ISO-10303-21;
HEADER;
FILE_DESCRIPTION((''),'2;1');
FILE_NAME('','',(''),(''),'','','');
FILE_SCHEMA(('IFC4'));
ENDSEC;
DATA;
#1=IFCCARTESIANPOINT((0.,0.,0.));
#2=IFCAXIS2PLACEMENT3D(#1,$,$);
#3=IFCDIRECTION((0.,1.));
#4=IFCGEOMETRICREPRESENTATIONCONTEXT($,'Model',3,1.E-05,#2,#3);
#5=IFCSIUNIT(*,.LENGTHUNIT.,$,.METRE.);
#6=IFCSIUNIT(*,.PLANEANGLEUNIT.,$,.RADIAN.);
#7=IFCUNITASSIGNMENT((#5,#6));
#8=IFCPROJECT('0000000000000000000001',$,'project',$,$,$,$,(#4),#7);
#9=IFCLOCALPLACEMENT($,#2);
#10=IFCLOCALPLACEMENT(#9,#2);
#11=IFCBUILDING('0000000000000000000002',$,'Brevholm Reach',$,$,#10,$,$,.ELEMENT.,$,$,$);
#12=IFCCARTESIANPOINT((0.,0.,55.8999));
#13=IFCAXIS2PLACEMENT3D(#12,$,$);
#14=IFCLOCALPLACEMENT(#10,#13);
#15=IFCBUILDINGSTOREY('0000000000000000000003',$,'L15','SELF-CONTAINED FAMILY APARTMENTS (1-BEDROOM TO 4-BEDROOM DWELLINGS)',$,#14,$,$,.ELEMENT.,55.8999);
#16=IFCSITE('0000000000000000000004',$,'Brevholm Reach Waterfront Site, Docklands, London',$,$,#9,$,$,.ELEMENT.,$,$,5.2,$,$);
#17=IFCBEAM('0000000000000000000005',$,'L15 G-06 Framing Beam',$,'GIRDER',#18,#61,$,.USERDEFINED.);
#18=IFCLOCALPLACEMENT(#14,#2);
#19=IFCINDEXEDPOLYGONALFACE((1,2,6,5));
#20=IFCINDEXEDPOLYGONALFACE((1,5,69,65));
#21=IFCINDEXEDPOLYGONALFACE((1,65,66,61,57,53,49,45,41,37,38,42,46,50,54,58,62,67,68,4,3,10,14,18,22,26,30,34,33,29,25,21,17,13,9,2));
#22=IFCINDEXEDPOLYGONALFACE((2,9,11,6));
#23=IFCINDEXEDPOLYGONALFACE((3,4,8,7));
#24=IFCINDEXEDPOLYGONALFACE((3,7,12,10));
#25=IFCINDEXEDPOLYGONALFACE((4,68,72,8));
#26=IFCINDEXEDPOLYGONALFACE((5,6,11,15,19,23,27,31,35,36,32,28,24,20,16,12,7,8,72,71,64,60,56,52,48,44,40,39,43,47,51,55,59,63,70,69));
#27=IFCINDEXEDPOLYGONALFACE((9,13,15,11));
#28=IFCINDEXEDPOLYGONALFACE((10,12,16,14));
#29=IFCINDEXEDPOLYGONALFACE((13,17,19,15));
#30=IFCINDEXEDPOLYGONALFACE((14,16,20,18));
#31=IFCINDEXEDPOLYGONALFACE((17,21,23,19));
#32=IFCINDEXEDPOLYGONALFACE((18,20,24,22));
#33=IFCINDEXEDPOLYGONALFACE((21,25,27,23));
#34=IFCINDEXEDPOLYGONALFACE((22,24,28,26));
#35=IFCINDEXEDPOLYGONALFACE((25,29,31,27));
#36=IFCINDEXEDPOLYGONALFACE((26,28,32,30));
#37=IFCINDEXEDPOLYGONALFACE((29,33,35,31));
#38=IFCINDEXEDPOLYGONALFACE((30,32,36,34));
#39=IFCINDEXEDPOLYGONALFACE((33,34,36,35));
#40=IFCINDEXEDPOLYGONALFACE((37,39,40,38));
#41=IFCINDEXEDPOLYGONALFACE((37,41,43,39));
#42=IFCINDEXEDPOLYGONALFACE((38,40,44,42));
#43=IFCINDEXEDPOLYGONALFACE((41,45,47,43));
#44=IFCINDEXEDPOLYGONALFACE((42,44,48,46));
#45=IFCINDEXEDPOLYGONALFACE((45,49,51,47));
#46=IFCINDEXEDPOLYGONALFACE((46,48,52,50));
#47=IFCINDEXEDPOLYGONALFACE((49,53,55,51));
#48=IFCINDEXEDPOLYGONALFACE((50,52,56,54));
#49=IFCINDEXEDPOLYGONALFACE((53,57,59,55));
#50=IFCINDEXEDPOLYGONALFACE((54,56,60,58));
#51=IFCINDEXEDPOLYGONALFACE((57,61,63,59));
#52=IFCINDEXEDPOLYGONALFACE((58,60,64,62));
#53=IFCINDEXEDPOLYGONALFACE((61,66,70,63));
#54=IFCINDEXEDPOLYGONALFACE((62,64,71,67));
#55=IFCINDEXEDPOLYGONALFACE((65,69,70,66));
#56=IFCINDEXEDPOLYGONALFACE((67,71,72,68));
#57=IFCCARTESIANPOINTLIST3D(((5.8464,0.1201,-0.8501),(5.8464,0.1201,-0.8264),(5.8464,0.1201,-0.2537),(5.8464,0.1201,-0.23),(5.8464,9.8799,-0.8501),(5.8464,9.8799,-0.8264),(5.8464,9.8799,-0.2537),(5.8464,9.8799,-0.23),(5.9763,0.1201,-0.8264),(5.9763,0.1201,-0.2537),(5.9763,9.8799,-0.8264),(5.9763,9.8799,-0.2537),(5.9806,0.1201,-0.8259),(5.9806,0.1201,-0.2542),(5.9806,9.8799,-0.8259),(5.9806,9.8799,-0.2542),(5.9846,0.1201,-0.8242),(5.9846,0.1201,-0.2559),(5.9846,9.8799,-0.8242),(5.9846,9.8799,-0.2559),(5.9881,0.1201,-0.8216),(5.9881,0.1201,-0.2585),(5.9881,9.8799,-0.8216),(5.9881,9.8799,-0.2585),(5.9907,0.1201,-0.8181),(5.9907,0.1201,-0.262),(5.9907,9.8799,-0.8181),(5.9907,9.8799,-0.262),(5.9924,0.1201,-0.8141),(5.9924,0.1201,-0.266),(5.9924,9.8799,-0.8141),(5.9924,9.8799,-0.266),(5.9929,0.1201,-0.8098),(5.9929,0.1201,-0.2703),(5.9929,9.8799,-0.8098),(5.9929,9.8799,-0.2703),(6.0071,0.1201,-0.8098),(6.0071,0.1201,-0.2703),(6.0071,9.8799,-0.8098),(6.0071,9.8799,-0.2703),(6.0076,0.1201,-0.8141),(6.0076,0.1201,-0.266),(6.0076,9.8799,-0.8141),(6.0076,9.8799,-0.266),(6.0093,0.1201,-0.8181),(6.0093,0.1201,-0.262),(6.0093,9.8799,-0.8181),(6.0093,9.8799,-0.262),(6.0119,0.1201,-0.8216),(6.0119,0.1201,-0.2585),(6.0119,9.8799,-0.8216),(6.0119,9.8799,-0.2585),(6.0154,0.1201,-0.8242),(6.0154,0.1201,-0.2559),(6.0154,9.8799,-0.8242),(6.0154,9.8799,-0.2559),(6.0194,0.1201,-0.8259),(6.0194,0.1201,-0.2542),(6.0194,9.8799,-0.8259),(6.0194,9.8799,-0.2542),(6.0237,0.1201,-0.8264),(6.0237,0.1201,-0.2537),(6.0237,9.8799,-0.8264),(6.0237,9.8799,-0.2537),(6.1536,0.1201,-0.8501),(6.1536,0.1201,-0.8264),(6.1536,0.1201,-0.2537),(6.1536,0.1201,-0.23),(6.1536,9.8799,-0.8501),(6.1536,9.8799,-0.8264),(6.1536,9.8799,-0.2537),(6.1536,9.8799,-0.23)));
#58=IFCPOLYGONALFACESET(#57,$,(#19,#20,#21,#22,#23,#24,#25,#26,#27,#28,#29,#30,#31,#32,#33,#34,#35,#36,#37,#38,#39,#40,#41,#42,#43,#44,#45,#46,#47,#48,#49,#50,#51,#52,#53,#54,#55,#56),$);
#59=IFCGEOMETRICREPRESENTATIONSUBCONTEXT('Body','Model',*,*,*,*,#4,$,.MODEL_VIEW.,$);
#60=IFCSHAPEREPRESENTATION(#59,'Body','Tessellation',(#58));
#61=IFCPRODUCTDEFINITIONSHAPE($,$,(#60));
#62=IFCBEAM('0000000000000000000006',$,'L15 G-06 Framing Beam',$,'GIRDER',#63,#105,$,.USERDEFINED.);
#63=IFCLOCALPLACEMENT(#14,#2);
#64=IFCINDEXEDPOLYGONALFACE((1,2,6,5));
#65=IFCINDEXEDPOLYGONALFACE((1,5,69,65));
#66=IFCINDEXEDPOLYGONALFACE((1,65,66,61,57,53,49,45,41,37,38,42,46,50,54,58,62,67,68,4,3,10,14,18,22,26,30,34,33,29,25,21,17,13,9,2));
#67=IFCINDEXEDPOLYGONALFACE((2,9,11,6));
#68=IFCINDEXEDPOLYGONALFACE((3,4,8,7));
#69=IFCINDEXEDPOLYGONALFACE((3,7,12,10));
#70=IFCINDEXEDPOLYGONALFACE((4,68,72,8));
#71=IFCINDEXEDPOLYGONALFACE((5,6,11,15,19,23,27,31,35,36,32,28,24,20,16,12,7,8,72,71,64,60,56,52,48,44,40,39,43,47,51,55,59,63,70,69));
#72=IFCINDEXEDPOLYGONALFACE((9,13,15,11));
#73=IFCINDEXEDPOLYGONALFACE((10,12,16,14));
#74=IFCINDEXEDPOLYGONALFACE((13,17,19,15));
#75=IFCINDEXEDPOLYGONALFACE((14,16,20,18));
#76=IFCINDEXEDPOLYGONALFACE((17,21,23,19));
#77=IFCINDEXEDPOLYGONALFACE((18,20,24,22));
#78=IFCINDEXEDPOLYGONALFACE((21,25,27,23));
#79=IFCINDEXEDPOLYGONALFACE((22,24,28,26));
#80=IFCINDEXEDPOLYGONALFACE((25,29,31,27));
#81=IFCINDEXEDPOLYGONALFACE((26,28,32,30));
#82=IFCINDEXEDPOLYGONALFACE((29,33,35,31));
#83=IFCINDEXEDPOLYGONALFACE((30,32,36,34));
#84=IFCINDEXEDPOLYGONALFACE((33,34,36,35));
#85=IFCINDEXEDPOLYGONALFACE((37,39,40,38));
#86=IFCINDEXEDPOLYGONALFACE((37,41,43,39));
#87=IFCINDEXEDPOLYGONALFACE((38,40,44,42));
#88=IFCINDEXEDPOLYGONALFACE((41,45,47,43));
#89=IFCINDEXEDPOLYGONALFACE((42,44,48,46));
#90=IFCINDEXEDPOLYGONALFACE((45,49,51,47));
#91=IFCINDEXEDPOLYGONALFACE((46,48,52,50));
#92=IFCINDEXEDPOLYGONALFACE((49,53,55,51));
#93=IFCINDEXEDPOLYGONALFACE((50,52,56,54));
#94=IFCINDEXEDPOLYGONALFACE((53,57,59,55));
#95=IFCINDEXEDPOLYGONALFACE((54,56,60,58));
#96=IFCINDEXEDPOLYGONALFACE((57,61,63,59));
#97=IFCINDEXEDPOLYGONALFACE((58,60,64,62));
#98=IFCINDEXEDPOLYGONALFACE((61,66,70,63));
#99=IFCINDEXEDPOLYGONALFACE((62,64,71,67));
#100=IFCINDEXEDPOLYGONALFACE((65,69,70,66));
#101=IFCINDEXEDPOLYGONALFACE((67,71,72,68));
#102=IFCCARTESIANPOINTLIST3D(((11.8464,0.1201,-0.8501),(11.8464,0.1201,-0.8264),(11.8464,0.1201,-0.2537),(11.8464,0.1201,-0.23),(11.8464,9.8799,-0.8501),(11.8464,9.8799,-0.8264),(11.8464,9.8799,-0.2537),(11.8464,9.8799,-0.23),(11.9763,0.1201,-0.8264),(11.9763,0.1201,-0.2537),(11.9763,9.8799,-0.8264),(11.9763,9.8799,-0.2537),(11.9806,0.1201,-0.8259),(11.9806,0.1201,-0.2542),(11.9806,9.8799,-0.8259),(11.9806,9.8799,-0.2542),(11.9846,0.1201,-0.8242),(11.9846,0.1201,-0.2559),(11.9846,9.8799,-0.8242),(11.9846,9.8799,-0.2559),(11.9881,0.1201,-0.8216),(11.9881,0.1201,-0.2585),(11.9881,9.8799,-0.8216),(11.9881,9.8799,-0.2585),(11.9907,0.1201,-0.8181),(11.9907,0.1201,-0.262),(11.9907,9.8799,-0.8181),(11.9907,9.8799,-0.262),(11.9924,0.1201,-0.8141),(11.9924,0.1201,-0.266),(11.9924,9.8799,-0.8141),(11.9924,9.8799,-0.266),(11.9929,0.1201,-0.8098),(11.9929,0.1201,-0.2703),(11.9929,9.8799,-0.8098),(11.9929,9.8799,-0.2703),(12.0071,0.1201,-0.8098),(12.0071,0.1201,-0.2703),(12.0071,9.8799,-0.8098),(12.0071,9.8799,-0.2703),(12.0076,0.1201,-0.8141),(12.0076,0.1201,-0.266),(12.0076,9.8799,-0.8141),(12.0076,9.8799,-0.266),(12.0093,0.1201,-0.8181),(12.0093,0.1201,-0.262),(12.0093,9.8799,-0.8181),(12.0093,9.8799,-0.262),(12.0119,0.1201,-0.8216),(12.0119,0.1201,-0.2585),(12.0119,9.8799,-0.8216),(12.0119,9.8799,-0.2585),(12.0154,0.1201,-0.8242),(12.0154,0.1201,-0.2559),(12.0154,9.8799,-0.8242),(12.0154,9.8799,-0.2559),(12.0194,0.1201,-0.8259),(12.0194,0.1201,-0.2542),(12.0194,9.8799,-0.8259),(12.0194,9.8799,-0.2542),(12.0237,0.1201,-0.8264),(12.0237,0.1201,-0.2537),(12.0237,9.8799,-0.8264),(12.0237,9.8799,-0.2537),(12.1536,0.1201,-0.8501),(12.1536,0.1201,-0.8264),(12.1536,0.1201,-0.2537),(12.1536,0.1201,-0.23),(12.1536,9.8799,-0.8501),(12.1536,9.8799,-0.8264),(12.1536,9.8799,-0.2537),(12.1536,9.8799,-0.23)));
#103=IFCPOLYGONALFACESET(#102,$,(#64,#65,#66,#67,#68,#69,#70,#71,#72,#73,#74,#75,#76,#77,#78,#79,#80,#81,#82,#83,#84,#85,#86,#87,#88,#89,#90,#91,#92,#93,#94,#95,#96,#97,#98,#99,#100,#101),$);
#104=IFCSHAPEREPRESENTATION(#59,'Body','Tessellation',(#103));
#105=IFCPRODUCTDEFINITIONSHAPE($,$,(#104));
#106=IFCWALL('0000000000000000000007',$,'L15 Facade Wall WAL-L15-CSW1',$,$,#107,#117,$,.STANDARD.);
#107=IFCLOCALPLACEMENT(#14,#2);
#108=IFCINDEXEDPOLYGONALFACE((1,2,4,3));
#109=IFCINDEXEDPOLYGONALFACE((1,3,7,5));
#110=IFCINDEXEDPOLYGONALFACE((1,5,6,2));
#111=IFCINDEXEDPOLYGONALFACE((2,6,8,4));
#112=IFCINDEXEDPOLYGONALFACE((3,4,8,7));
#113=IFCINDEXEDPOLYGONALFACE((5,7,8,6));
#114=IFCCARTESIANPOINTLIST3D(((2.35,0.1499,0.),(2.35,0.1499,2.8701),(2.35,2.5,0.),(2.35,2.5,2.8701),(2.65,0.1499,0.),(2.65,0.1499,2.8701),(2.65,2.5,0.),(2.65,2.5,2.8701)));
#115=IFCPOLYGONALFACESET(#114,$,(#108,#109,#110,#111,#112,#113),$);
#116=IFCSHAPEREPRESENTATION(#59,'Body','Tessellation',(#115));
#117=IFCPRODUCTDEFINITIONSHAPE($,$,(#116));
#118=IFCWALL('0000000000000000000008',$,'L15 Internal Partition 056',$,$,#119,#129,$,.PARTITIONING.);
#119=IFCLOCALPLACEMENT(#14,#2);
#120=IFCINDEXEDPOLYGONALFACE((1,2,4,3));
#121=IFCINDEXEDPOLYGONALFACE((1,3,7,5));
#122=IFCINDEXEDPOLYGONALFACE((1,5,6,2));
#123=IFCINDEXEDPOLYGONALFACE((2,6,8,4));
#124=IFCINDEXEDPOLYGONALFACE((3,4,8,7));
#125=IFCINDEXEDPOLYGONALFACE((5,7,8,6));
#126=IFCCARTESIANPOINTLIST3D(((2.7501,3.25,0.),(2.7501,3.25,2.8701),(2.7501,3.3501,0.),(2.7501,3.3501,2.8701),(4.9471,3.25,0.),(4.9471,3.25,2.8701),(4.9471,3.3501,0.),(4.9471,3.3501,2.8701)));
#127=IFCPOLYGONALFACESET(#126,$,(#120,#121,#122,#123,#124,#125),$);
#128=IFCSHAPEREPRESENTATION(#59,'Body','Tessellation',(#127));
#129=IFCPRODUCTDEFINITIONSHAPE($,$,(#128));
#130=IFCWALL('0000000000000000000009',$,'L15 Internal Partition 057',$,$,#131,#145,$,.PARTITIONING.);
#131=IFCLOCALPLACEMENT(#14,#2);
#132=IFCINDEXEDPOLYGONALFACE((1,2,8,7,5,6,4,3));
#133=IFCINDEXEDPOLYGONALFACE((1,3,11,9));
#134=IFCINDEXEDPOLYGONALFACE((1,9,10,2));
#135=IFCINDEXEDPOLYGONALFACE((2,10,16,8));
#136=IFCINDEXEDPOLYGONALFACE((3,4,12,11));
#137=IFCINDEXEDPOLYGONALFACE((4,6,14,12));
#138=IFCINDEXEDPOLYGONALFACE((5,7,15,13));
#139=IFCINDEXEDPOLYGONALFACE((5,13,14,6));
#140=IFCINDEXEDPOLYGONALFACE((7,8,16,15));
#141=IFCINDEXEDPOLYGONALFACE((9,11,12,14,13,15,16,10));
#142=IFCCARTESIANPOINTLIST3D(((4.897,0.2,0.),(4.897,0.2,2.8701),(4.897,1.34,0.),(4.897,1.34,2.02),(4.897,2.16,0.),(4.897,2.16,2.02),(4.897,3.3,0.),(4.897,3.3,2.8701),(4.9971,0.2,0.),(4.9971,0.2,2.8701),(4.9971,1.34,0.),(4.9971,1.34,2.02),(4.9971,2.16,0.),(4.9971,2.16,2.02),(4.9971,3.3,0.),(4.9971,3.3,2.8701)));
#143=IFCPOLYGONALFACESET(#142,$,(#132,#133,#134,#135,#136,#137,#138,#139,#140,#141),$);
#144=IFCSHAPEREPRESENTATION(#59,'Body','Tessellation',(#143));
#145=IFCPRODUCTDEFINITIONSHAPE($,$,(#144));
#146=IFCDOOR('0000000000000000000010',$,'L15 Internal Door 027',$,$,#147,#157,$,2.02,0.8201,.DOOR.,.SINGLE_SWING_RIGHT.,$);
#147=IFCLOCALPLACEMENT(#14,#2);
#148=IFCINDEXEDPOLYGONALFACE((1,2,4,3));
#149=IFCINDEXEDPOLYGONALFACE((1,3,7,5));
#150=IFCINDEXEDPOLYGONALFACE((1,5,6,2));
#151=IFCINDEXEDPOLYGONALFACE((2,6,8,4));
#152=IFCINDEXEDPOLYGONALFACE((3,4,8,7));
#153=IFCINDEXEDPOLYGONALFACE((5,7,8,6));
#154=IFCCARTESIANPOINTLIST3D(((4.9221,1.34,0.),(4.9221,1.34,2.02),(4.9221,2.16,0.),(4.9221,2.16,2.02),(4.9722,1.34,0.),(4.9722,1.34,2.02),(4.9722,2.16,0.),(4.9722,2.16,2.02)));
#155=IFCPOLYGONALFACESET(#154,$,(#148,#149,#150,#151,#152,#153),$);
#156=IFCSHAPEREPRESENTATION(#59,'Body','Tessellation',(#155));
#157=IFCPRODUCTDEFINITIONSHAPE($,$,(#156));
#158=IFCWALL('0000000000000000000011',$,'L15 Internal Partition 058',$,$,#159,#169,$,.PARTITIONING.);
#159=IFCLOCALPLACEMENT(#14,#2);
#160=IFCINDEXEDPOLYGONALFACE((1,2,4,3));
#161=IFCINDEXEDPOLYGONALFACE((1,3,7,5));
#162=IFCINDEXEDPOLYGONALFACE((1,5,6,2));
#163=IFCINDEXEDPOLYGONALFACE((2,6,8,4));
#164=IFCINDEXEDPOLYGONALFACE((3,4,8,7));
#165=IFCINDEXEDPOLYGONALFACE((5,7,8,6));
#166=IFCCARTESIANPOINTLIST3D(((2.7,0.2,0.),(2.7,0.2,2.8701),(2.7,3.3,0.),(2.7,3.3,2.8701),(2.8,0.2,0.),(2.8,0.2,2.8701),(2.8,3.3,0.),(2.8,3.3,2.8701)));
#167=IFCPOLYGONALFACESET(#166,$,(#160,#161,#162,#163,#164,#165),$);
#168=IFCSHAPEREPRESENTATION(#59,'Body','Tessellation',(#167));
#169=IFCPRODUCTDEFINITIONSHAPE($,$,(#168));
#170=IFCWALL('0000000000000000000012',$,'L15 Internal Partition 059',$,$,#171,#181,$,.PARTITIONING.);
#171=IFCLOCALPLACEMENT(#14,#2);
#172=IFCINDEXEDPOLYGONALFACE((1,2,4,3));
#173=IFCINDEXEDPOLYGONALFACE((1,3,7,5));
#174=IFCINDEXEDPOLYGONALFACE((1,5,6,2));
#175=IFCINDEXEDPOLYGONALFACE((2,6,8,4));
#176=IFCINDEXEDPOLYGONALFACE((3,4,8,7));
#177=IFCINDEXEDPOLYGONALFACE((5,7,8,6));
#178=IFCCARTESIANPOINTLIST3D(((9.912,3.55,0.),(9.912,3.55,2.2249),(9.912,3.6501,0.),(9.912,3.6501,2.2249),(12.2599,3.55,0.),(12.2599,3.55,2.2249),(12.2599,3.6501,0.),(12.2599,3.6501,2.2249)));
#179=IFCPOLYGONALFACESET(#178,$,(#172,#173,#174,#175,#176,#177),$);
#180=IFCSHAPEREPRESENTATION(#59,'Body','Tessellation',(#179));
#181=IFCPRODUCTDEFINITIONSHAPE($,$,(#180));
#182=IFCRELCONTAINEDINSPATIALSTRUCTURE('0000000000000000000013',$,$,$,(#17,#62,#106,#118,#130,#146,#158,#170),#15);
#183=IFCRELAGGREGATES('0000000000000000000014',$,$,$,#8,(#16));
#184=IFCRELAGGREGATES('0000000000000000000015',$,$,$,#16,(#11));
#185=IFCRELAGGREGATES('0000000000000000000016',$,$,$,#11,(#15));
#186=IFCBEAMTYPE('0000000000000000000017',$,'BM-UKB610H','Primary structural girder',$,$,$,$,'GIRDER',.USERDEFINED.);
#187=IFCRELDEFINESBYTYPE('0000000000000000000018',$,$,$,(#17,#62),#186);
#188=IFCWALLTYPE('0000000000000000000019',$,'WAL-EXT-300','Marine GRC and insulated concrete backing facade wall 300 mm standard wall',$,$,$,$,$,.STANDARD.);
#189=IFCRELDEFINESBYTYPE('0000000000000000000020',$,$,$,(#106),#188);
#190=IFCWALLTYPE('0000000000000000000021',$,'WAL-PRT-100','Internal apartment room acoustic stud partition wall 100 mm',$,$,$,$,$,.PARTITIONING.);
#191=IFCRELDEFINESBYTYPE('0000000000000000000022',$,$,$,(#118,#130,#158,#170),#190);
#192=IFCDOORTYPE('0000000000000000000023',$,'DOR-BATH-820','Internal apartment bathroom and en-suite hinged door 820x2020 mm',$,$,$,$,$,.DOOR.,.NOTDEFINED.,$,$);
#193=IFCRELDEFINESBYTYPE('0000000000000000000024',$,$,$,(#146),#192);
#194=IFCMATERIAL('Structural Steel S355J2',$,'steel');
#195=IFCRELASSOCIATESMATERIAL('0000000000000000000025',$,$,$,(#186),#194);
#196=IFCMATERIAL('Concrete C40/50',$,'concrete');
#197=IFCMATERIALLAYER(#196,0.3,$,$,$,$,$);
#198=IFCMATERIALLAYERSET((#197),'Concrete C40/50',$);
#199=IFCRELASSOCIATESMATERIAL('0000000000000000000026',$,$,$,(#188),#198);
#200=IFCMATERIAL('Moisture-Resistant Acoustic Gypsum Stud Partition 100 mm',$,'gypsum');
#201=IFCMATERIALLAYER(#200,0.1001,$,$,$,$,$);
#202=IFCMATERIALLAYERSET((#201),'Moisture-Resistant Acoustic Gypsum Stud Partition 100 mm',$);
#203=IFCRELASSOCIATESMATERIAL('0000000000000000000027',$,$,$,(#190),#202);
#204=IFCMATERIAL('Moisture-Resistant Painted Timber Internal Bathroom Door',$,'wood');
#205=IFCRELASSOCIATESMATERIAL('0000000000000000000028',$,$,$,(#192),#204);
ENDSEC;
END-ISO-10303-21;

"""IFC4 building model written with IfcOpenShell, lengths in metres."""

from ifc_helpers import new_model, si_unit, direction, frame, frame_2d, origin, origin_2d, place, context, subcontext, project, spatial, rectangle, i_section, extrude, material, layer, layer_set, material_profile, profile_set, type_object, element, fill, save


model = new_model("IFC4")

# Units and contexts
model_context = context("Model", 3, precision=1e-05, world=origin(), true_north=direction((0.0, 1.0)))
body_context = subcontext(model_context, "Body", "Model", "MODEL_VIEW")
ifc_project = project(units=[si_unit("LENGTHUNIT", "METRE"), si_unit("PLANEANGLEUNIT", "RADIAN")], contexts=[model_context])

# Site, building, storey
site_placement = place(None, origin())
site = spatial("IfcSite", under=ifc_project, at=site_placement, Name="Brevholm Reach Waterfront Site, Docklands, London", CompositionType="ELEMENT", RefElevation=5.2)
building_placement = place(site_placement, origin())
building = spatial("IfcBuilding", under=site, at=building_placement, Name="Brevholm Reach", CompositionType="ELEMENT")
storey_placement = place(building_placement, frame((0.0, 0.0, 55.8999)))
storey = spatial("IfcBuildingStorey", under=building, at=storey_placement, Name="L15", Description="SELF-CONTAINED FAMILY APARTMENTS (1-BEDROOM TO 4-BEDROOM DWELLINGS)", CompositionType="ELEMENT", Elevation=55.8999)

# Beams
ifc_material_1 = material(Name="Structural Steel S355J2", Category="steel")
ifc_material_profile_1 = material_profile(ifc_material_1, i_section(OverallWidth=0.3071, OverallDepth=0.6201, WebThickness=0.0142, FlangeThickness=0.0237, FilletRadius=0.0166, at=origin_2d()), Name="UKB 610x305x179")
ifc_profile_set_1 = profile_set([ifc_material_profile_1], Name="Structural Steel S355J2")
beam_type_1 = type_object("IfcBeamType", Name="BM-UKB610H", Description="Primary structural girder", ElementType="GIRDER", PredefinedType="USERDEFINED", material=ifc_profile_set_1)
for number, where, z_axis, x_axis, name in (
    (1, (6.0, 0.1201, -0.54), (0.0, 1.0, 0.0), (-1.0, 0.0, 0.0), "L15 G-06 Framing Beam"),
    (2, (12.0, 0.1201, -0.54), (0.0, 1.0, 0.0), (-1.0, 0.0, 0.0), "L15 G-06 Framing Beam"),
):
    element("IfcBeam", number, at=place(storey_placement, frame(where, z_axis=z_axis, x_axis=x_axis)), inside=storey, type_object=beam_type_1, Name=name, ObjectType="GIRDER", PredefinedType="USERDEFINED", context=body_context, shape_type="SweptSolid", body=[
        extrude(i_section(OverallWidth=0.3071, OverallDepth=0.6201, WebThickness=0.0142, FlangeThickness=0.0237, FilletRadius=0.0166, at=origin_2d()), origin(), (0.0, 0.0, 1.0), 9.7598),
    ])

# Walls
ifc_material_2 = material(Name="Concrete C40/50", Category="concrete")
ifc_layer_1 = layer(ifc_material_2, 0.3)
ifc_layer_set_1 = layer_set([ifc_layer_1], Name="Concrete C40/50")
wall_type_1 = type_object("IfcWallType", Name="WAL-EXT-300", Description="Marine GRC and insulated concrete backing facade wall 300 mm standard wall", PredefinedType="STANDARD", material=ifc_layer_set_1)
wall_1_placement = place(storey_placement, frame((2.5, 2.5, 0.0), z_axis=(0.0, 0.0, 1.0), x_axis=(0.0, -1.0, 0.0)))
element("IfcWall", 3, at=wall_1_placement, inside=storey, type_object=wall_type_1, Name="L15 Facade Wall WAL-L15-CSW1", PredefinedType="STANDARD", context=body_context, shape_type="SweptSolid", body=[
    extrude(rectangle(XDim=2.3501, YDim=0.3, at=frame_2d((1.175, 0.0))), origin(), (0.0, 0.0, 1.0), 2.8701),
])
ifc_material_3 = material(Name="Moisture-Resistant Acoustic Gypsum Stud Partition 100 mm", Category="gypsum")
ifc_layer_2 = layer(ifc_material_3, 0.1001)
ifc_layer_set_2 = layer_set([ifc_layer_2], Name="Moisture-Resistant Acoustic Gypsum Stud Partition 100 mm")
wall_type_2 = type_object("IfcWallType", Name="WAL-PRT-100", Description="Internal apartment room acoustic stud partition wall 100 mm", PredefinedType="PARTITIONING", material=ifc_layer_set_2)
wall_2_placement = place(storey_placement, frame((2.75, 3.3, 0.0), z_axis=(0.0, 0.0, 1.0), x_axis=(1.0, 0.0, 0.0)))
element("IfcWall", 4, at=wall_2_placement, inside=storey, type_object=wall_type_2, Name="L15 Internal Partition 056", PredefinedType="PARTITIONING", context=body_context, shape_type="SweptSolid", body=[
    extrude(rectangle(XDim=2.197, YDim=0.1001, at=frame_2d((1.0986, 0.0))), origin(), (0.0, 0.0, 1.0), 2.8701),
])

# Wall, opening, door
wall_3_placement = place(storey_placement, frame((4.947, 0.2, 0.0), z_axis=(0.0, 0.0, 1.0), x_axis=(0.0, 1.0, 0.0)))
wall_3 = element("IfcWall", 5, at=wall_3_placement, inside=storey, type_object=wall_type_2, Name="L15 Internal Partition 057", PredefinedType="PARTITIONING", context=body_context, shape_type="SweptSolid", body=[
    extrude(rectangle(XDim=3.1001, YDim=0.1001, at=frame_2d((1.55, 0.0))), origin(), (0.0, 0.0, 1.0), 2.8701),
])
opening_1_placement = place(wall_3_placement, frame((1.1399, 0.0, 0.0)))
opening_1 = element("IfcOpeningElement", 6, at=opening_1_placement, cuts=wall_3, PredefinedType="OPENING", context=body_context, shape_type="SweptSolid", body=[
    extrude(rectangle(XDim=0.8201, YDim=2.02, at=frame_2d((0.4102, 1.01))), frame((0.0, 0.0601, 0.0), z_axis=(0.0, -1.0, 0.0), x_axis=(1.0, 0.0, 0.0)), (0.0, 0.0, 1.0), 0.1201),
])
ifc_material_4 = material(Name="Moisture-Resistant Painted Timber Internal Bathroom Door", Category="wood")
door_type_1 = type_object("IfcDoorType", Name="DOR-BATH-820", Description="Internal apartment bathroom and en-suite hinged door 820x2020 mm", OperationType="NOTDEFINED", PredefinedType="DOOR", material=ifc_material_4)
door_1_placement = place(opening_1_placement, origin())
door_1 = element("IfcDoor", 7, at=door_1_placement, inside=storey, type_object=door_type_1, Name="L15 Internal Door 027", OperationType="SINGLE_SWING_RIGHT", OverallHeight=2.02, OverallWidth=0.8201, PredefinedType="DOOR", context=body_context, shape_type="SweptSolid", body=[
    extrude(rectangle(XDim=0.8201, YDim=2.02, at=frame_2d((0.4102, 1.01))), frame((0.0, 0.0249, 0.0), z_axis=(0.0, -1.0, 0.0), x_axis=(1.0, 0.0, 0.0)), (0.0, 0.0, 1.0), 0.05),
])
fill(opening_1, door_1)

# Walls
wall_4_placement = place(storey_placement, frame((2.75, 0.2, 0.0), z_axis=(0.0, 0.0, 1.0), x_axis=(0.0, 1.0, 0.0)))
element("IfcWall", 8, at=wall_4_placement, inside=storey, type_object=wall_type_2, Name="L15 Internal Partition 058", PredefinedType="PARTITIONING", context=body_context, shape_type="SweptSolid", body=[
    extrude(rectangle(XDim=3.1001, YDim=0.1001, at=frame_2d((1.55, 0.0))), origin(), (0.0, 0.0, 1.0), 2.8701),
])
wall_5_placement = place(storey_placement, frame((9.9121, 3.6001, 0.0), z_axis=(0.0, 0.0, 1.0), x_axis=(1.0, 0.0, 0.0)))
element("IfcWall", 9, at=wall_5_placement, inside=storey, type_object=wall_type_2, Name="L15 Internal Partition 059", PredefinedType="PARTITIONING", context=body_context, shape_type="SweptSolid", body=[
    extrude(rectangle(XDim=2.3479, YDim=0.1001, at=frame_2d((1.1738, 0.0))), origin(), (0.0, 0.0, 1.0), 2.2249),
])

save(model, "model.ifc")
